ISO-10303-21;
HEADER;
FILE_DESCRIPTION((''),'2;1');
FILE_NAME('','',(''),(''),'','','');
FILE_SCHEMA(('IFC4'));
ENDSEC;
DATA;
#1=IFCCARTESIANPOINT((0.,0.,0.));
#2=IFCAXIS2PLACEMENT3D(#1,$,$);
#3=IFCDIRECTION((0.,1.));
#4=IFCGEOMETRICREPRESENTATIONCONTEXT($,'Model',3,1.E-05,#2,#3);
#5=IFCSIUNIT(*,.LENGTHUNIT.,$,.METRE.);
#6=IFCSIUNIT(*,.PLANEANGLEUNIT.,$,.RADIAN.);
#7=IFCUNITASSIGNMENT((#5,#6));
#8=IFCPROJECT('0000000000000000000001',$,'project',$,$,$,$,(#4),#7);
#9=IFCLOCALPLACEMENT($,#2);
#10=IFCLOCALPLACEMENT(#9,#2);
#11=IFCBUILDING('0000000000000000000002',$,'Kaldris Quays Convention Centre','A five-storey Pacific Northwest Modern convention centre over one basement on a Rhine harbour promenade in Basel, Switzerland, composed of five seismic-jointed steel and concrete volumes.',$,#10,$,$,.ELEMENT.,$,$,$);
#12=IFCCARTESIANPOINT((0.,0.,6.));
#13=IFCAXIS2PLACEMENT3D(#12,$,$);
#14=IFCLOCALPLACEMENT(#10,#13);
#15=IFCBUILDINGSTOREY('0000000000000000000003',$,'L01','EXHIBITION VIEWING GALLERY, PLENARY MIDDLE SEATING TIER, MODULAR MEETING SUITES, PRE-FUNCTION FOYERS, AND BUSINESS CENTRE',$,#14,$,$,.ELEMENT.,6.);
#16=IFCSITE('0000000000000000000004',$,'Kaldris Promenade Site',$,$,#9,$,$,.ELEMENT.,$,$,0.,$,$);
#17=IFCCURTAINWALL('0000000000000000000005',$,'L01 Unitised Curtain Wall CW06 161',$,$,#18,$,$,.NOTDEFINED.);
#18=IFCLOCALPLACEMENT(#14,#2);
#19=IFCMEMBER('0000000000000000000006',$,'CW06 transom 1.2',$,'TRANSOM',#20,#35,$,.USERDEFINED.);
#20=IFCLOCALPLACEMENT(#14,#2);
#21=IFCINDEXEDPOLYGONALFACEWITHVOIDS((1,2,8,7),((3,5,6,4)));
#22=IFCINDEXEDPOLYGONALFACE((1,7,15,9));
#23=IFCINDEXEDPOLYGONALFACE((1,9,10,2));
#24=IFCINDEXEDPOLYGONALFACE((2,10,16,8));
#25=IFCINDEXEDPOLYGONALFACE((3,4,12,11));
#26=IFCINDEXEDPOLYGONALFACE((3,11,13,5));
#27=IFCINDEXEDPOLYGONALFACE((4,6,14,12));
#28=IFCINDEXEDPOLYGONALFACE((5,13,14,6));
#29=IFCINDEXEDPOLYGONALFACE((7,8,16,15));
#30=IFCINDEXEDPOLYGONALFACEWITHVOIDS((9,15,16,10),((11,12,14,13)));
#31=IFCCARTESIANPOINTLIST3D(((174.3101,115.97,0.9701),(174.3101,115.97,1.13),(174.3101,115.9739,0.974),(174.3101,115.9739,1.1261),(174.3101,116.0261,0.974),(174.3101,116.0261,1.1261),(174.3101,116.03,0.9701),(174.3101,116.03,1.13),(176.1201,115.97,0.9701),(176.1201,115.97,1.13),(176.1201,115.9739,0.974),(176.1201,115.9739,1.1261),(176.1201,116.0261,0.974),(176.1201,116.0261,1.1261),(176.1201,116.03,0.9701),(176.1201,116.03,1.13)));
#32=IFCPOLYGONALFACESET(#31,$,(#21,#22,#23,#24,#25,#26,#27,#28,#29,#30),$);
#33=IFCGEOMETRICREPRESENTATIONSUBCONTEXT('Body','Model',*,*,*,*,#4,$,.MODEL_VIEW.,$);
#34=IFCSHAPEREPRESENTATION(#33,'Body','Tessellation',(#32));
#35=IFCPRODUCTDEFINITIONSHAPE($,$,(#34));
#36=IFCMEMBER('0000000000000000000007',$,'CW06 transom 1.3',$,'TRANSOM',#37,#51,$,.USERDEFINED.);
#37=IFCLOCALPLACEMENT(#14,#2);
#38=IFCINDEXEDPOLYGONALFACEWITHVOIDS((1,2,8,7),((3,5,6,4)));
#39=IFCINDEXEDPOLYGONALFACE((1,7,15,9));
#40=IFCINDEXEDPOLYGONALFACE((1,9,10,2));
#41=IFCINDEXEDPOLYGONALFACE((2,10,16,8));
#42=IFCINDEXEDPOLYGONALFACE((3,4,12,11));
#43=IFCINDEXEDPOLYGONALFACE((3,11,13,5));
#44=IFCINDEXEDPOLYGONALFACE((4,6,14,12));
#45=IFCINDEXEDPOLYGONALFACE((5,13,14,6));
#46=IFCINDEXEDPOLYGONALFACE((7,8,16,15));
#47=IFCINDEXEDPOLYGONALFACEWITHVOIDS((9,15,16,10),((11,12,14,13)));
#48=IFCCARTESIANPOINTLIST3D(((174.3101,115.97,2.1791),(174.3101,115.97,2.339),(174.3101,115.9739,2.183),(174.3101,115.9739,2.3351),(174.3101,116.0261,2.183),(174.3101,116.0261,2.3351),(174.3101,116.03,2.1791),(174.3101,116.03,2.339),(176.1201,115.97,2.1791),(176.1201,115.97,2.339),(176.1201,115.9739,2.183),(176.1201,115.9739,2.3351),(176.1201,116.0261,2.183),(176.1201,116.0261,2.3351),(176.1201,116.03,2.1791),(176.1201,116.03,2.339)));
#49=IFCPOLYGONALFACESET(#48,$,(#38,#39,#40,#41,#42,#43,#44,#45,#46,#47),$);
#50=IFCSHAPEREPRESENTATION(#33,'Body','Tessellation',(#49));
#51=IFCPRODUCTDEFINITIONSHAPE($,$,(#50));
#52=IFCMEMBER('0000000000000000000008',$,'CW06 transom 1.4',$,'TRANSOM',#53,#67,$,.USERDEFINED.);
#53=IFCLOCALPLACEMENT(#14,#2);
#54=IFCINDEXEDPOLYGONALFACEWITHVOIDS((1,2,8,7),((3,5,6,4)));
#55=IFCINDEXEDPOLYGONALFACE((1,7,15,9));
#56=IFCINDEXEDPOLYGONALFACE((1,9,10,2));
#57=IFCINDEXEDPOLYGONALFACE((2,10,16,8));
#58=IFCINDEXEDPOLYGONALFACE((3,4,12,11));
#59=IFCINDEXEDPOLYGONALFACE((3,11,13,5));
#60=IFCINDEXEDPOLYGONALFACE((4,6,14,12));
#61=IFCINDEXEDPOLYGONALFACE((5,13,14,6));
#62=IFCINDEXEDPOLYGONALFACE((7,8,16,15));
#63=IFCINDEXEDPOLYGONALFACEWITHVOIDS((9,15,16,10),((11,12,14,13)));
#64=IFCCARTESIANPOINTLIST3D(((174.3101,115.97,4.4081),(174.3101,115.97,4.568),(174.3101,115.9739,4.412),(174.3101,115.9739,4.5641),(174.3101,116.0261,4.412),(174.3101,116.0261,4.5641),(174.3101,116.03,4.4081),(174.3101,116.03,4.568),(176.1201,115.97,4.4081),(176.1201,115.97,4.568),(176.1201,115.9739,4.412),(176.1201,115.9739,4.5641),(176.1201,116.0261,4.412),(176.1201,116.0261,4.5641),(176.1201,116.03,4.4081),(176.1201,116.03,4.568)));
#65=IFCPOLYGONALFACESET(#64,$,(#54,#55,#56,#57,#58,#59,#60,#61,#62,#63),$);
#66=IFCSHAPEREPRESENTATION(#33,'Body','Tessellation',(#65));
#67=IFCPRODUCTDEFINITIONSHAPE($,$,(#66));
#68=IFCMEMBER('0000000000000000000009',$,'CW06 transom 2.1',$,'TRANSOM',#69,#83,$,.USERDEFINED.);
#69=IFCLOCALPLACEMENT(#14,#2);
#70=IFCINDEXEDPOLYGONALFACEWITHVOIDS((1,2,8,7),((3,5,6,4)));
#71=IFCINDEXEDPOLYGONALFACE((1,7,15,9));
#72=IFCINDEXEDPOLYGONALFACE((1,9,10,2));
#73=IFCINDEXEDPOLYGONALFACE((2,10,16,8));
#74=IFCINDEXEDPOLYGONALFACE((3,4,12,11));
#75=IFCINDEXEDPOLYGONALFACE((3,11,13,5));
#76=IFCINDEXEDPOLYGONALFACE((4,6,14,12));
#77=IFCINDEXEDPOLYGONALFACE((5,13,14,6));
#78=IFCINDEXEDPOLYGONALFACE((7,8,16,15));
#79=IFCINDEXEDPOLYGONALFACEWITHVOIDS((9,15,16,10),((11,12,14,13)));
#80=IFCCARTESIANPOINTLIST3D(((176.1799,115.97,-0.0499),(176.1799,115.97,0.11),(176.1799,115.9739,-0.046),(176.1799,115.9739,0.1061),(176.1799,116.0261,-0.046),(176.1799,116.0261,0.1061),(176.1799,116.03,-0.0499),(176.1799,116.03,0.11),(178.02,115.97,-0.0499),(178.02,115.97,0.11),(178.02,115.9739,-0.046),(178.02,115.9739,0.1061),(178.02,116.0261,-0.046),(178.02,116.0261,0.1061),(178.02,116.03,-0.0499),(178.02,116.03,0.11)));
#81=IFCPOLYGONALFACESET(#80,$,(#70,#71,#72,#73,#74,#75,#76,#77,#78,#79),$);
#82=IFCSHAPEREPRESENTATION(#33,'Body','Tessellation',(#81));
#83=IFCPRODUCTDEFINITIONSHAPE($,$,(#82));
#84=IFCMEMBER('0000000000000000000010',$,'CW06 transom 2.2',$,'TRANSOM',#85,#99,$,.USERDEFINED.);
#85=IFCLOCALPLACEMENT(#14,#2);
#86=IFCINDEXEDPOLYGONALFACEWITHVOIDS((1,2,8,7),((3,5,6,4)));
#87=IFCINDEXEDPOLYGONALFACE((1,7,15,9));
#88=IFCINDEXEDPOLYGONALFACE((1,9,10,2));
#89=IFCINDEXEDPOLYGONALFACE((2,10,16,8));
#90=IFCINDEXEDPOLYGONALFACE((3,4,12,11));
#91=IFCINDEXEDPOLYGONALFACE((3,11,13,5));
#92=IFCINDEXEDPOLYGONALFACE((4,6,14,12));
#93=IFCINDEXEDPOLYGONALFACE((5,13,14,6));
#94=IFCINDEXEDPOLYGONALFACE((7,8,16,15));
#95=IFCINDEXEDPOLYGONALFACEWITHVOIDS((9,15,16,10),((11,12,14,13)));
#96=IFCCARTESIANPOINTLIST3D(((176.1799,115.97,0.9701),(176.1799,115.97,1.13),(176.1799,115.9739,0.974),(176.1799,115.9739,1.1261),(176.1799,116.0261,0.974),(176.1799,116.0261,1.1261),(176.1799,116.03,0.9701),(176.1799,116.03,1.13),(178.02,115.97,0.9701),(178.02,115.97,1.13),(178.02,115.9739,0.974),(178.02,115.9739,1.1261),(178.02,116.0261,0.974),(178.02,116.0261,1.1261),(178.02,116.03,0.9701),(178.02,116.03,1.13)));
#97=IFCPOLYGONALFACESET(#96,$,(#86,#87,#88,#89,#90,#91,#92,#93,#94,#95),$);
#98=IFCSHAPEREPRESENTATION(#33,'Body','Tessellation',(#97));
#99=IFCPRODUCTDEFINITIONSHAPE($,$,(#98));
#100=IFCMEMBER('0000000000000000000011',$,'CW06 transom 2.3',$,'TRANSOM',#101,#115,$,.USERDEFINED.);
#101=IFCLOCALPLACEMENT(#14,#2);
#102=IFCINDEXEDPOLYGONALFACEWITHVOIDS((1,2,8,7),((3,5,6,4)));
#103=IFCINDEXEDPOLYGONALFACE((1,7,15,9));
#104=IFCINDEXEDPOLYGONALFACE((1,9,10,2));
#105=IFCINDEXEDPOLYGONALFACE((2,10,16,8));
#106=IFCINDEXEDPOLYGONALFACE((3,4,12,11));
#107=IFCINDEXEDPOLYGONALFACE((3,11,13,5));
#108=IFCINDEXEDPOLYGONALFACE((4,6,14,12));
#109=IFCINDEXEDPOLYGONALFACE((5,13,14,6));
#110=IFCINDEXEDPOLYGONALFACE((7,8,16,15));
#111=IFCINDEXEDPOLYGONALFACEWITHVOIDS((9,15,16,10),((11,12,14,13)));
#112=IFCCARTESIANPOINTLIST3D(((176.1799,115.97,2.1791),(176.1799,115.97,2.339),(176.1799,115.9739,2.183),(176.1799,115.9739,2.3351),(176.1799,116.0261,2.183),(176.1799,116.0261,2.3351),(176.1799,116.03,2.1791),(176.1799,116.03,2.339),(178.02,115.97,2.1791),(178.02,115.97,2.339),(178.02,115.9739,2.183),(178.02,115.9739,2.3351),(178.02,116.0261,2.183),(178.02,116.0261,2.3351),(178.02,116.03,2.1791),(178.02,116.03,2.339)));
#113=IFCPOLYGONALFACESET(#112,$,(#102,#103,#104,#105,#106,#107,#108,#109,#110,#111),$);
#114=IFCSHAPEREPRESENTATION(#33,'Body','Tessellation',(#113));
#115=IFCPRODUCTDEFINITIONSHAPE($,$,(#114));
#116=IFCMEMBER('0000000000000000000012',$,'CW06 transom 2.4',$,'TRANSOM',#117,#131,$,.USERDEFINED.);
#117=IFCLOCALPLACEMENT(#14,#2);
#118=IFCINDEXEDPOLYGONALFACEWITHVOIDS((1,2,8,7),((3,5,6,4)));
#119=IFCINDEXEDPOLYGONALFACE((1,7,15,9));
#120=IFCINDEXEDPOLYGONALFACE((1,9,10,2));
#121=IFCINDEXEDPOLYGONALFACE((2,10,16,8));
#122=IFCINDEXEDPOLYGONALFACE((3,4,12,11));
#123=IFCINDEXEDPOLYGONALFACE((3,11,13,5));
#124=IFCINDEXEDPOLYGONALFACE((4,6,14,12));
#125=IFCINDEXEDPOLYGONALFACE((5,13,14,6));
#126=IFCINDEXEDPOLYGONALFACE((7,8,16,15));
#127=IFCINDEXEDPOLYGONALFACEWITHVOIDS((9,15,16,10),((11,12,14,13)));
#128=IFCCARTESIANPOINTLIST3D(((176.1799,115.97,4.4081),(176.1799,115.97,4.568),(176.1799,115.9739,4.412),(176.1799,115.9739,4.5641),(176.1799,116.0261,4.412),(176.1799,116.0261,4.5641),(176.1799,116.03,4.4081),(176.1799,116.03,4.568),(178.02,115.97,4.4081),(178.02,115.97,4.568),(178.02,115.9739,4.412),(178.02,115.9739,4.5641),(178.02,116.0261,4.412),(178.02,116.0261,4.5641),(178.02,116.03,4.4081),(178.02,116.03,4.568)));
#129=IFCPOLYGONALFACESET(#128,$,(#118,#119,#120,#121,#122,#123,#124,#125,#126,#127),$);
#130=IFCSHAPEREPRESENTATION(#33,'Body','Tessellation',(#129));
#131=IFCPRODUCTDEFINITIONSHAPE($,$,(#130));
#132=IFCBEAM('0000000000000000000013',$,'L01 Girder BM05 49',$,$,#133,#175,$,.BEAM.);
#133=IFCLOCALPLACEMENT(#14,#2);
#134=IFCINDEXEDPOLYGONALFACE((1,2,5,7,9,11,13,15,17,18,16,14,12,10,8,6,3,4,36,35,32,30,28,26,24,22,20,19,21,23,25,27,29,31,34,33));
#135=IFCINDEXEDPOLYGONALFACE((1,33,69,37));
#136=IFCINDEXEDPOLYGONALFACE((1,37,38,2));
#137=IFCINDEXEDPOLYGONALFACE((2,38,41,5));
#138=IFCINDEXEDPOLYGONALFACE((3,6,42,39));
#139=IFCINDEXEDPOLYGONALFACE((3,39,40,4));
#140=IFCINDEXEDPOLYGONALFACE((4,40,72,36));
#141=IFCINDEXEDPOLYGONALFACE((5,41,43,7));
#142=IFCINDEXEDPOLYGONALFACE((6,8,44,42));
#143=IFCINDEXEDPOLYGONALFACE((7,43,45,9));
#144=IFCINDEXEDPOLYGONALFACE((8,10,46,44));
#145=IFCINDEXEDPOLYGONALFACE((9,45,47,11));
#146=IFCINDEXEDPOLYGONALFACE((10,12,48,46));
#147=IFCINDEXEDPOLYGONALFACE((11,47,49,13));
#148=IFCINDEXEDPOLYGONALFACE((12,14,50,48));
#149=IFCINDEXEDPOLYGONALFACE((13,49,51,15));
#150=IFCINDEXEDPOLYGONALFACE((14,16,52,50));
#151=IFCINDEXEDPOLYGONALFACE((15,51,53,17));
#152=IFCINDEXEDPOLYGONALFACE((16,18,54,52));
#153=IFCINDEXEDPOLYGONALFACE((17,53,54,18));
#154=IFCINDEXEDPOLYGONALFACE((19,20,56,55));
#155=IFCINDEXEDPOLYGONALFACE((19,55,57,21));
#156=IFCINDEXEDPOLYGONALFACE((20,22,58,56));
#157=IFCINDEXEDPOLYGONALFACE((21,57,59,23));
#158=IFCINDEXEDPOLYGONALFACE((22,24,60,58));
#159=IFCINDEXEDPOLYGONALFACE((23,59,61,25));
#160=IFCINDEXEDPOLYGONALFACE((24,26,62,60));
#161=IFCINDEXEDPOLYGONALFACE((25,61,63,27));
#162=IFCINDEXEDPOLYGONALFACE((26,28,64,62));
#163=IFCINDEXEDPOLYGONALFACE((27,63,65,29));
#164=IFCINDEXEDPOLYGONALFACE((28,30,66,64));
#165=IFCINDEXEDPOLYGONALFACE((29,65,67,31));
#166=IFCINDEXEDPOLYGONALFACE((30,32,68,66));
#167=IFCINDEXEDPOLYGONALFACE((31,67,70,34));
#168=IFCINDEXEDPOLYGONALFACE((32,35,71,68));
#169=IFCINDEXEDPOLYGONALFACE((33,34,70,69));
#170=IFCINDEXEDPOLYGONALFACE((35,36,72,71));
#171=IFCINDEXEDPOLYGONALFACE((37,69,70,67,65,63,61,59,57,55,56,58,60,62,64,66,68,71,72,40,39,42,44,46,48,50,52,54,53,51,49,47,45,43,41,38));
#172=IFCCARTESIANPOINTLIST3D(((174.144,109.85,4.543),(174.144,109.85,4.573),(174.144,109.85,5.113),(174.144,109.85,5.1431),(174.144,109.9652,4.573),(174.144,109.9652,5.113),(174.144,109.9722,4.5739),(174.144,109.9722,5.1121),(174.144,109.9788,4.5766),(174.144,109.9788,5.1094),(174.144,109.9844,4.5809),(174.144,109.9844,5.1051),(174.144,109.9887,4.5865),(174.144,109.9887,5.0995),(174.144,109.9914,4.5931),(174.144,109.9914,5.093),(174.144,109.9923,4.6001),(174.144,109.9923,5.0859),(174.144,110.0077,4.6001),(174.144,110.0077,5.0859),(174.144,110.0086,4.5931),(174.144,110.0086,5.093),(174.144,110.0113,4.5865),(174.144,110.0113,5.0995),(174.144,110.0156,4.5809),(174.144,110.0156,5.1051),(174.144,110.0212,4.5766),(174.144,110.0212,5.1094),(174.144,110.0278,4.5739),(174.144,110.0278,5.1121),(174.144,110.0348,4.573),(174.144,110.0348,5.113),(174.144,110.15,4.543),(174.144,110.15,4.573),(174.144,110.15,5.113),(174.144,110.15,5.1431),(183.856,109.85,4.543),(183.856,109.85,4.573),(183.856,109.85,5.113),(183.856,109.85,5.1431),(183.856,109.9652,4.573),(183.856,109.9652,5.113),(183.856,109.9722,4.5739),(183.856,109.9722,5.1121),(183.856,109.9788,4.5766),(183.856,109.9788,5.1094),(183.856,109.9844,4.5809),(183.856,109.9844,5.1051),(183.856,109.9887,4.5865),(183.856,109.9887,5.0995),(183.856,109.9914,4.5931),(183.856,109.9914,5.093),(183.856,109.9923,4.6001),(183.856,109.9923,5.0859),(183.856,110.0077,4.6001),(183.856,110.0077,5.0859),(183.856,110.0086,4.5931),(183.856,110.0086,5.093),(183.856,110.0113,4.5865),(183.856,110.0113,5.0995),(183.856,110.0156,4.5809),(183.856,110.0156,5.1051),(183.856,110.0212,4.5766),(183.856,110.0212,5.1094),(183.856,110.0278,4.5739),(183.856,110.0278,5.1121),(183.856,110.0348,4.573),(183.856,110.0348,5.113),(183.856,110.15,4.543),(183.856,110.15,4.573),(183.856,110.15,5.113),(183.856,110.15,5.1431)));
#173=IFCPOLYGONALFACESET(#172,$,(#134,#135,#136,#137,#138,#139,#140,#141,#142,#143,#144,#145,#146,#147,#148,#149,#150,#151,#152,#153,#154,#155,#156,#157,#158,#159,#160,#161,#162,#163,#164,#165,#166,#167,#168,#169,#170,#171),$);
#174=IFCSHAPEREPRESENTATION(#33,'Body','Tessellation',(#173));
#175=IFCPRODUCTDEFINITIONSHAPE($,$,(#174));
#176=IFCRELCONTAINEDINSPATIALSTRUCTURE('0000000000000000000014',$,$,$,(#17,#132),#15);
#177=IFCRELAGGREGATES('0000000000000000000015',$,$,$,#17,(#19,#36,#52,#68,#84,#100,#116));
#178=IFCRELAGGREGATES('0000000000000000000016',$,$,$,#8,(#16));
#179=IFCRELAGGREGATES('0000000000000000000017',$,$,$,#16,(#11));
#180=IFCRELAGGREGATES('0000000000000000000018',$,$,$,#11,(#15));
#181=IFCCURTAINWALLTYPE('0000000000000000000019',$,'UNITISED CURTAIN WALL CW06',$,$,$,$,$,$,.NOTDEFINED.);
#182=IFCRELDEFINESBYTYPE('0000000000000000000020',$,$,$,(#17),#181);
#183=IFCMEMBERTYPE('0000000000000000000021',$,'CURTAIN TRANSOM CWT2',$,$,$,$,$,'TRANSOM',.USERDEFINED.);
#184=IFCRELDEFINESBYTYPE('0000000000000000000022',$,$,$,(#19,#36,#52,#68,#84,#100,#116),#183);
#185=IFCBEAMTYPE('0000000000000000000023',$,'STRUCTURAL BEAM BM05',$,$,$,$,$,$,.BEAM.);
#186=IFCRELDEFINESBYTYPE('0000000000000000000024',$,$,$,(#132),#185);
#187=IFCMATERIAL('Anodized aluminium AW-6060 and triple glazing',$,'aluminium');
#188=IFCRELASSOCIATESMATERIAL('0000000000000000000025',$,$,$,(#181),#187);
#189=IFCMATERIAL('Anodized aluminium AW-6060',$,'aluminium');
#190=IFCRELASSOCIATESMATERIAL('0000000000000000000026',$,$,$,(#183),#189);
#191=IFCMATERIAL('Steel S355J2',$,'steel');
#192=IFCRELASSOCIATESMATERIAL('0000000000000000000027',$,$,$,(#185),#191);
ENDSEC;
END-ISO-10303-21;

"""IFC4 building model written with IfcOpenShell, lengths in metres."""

from ifc_helpers import new_model, si_unit, direction, frame, origin, origin_2d, place, context, subcontext, project, spatial, hollow_rectangle, i_section, extrude, material, material_profile, profile_set, type_object, element, aggregate, save


model = new_model("IFC4")

# Units and contexts
model_context = context("Model", 3, precision=1e-05, world=origin(), true_north=direction((0.0, 1.0)))
body_context = subcontext(model_context, "Body", "Model", "MODEL_VIEW")
ifc_project = project(units=[si_unit("LENGTHUNIT", "METRE"), si_unit("PLANEANGLEUNIT", "RADIAN")], contexts=[model_context])

# Site, building, storey
site_placement = place(None, origin())
site = spatial("IfcSite", under=ifc_project, at=site_placement, Name="Kaldris Promenade Site", CompositionType="ELEMENT", RefElevation=0.0)
building_placement = place(site_placement, origin())
building = spatial("IfcBuilding", under=site, at=building_placement, Name="Kaldris Quays Convention Centre", Description="A five-storey Pacific Northwest Modern convention centre over one basement on a Rhine harbour promenade in Basel, Switzerland, composed of five seismic-jointed steel and concrete volumes.", CompositionType="ELEMENT")
storey_placement = place(building_placement, frame((0.0, 0.0, 6.0)))
storey = spatial("IfcBuildingStorey", under=building, at=storey_placement, Name="L01", Description="EXHIBITION VIEWING GALLERY, PLENARY MIDDLE SEATING TIER, MODULAR MEETING SUITES, PRE-FUNCTION FOYERS, AND BUSINESS CENTRE", CompositionType="ELEMENT", Elevation=6.0)

# Shared definitions
ifc_material_1 = material(Name="Steel S355J2", Category="steel")

# Shared definitions
ifc_material_2 = material(Name="Anodized aluminium AW-6060 and triple glazing", Category="aluminium")
curtain_wall_type = type_object("IfcCurtainWallType", Name="UNITISED CURTAIN WALL CW06", PredefinedType="NOTDEFINED", material=ifc_material_2)
ifc_material_3 = material(Name="Anodized aluminium AW-6060", Category="aluminium")

# Curtain wall, members
curtain_wall_1_placement = place(storey_placement, origin())
curtain_wall_1 = element("IfcCurtainWall", 1, at=curtain_wall_1_placement, inside=storey, type_object=curtain_wall_type, Name="L01 Unitised Curtain Wall CW06 161", PredefinedType="NOTDEFINED")
ifc_material_profile_1 = material_profile(ifc_material_3, hollow_rectangle(XDim=0.0601, YDim=0.1599, WallThickness=0.0039, at=origin_2d()), Name="RHS 160x60x4")
ifc_profile_set_1 = profile_set([ifc_material_profile_1], Name="Anodized aluminium AW-6060")
member_type_1 = type_object("IfcMemberType", Name="CURTAIN TRANSOM CWT2", ElementType="TRANSOM", PredefinedType="USERDEFINED", material=ifc_profile_set_1)
member_1_placement = place(storey_placement, frame((174.3101, 116.0, 1.05), z_axis=(1.0, 0.0, 0.0), x_axis=(0.0, 1.0, 0.0)))
member_1 = element("IfcMember", 2, at=member_1_placement, type_object=member_type_1, Name="CW06 transom 1.2", ObjectType="TRANSOM", PredefinedType="USERDEFINED", context=body_context, shape_type="SweptSolid", body=[
    extrude(hollow_rectangle(XDim=0.0601, YDim=0.1599, WallThickness=0.0039, at=origin_2d()), origin(), (0.0, 0.0, 1.0), 1.8101),
])
member_2_placement = place(storey_placement, frame((174.3101, 116.0, 2.259), z_axis=(1.0, 0.0, 0.0), x_axis=(0.0, 1.0, 0.0)))
member_2 = element("IfcMember", 3, at=member_2_placement, type_object=member_type_1, Name="CW06 transom 1.3", ObjectType="TRANSOM", PredefinedType="USERDEFINED", context=body_context, shape_type="SweptSolid", body=[
    extrude(hollow_rectangle(XDim=0.0601, YDim=0.1599, WallThickness=0.0039, at=origin_2d()), origin(), (0.0, 0.0, 1.0), 1.8101),
])
member_3_placement = place(storey_placement, frame((174.3101, 116.0, 4.488), z_axis=(1.0, 0.0, 0.0), x_axis=(0.0, 1.0, 0.0)))
member_3 = element("IfcMember", 4, at=member_3_placement, type_object=member_type_1, Name="CW06 transom 1.4", ObjectType="TRANSOM", PredefinedType="USERDEFINED", context=body_context, shape_type="SweptSolid", body=[
    extrude(hollow_rectangle(XDim=0.0601, YDim=0.1599, WallThickness=0.0039, at=origin_2d()), origin(), (0.0, 0.0, 1.0), 1.8101),
])
member_4_placement = place(storey_placement, frame((176.1799, 116.0, 0.03), z_axis=(1.0, 0.0, 0.0), x_axis=(0.0, 1.0, 0.0)))
member_4 = element("IfcMember", 5, at=member_4_placement, type_object=member_type_1, Name="CW06 transom 2.1", ObjectType="TRANSOM", PredefinedType="USERDEFINED", context=body_context, shape_type="SweptSolid", body=[
    extrude(hollow_rectangle(XDim=0.0601, YDim=0.1599, WallThickness=0.0039, at=origin_2d()), origin(), (0.0, 0.0, 1.0), 1.8401),
])
member_5_placement = place(storey_placement, frame((176.1799, 116.0, 1.05), z_axis=(1.0, 0.0, 0.0), x_axis=(0.0, 1.0, 0.0)))
member_5 = element("IfcMember", 6, at=member_5_placement, type_object=member_type_1, Name="CW06 transom 2.2", ObjectType="TRANSOM", PredefinedType="USERDEFINED", context=body_context, shape_type="SweptSolid", body=[
    extrude(hollow_rectangle(XDim=0.0601, YDim=0.1599, WallThickness=0.0039, at=origin_2d()), origin(), (0.0, 0.0, 1.0), 1.8401),
])
member_6_placement = place(storey_placement, frame((176.1799, 116.0, 2.259), z_axis=(1.0, 0.0, 0.0), x_axis=(0.0, 1.0, 0.0)))
member_6 = element("IfcMember", 7, at=member_6_placement, type_object=member_type_1, Name="CW06 transom 2.3", ObjectType="TRANSOM", PredefinedType="USERDEFINED", context=body_context, shape_type="SweptSolid", body=[
    extrude(hollow_rectangle(XDim=0.0601, YDim=0.1599, WallThickness=0.0039, at=origin_2d()), origin(), (0.0, 0.0, 1.0), 1.8401),
])
member_7_placement = place(storey_placement, frame((176.1799, 116.0, 4.488), z_axis=(1.0, 0.0, 0.0), x_axis=(0.0, 1.0, 0.0)))
member_7 = element("IfcMember", 8, at=member_7_placement, type_object=member_type_1, Name="CW06 transom 2.4", ObjectType="TRANSOM", PredefinedType="USERDEFINED", context=body_context, shape_type="SweptSolid", body=[
    extrude(hollow_rectangle(XDim=0.0601, YDim=0.1599, WallThickness=0.0039, at=origin_2d()), origin(), (0.0, 0.0, 1.0), 1.8401),
])

# Beam
ifc_material_profile_2 = material_profile(ifc_material_1, i_section(OverallWidth=0.3, OverallDepth=0.6001, WebThickness=0.0154, FlangeThickness=0.03, FilletRadius=0.0271, at=origin_2d()), Name="HEB 600")
ifc_profile_set_2 = profile_set([ifc_material_profile_2], Name="Steel S355J2")
beam_type_1 = type_object("IfcBeamType", Name="STRUCTURAL BEAM BM05", PredefinedType="BEAM", material=ifc_profile_set_2)
for number, where, z_axis, x_axis, name in (
    (9, (174.144, 110.0, 4.843), (1.0, 0.0, 0.0), (0.0, 1.0, 0.0), "L01 Girder BM05 49"),
):
    element("IfcBeam", number, at=place(storey_placement, frame(where, z_axis=z_axis, x_axis=x_axis)), inside=storey, type_object=beam_type_1, Name=name, PredefinedType="BEAM", context=body_context, shape_type="SweptSolid", body=[
        extrude(i_section(OverallWidth=0.3, OverallDepth=0.6001, WebThickness=0.0154, FlangeThickness=0.03, FilletRadius=0.0271, at=origin_2d()), origin(), (0.0, 0.0, 1.0), 9.7119),
    ])

aggregate(curtain_wall_1, [member_1, member_2, member_3, member_4, member_5, member_6, member_7])

save(model, "model.ifc")
